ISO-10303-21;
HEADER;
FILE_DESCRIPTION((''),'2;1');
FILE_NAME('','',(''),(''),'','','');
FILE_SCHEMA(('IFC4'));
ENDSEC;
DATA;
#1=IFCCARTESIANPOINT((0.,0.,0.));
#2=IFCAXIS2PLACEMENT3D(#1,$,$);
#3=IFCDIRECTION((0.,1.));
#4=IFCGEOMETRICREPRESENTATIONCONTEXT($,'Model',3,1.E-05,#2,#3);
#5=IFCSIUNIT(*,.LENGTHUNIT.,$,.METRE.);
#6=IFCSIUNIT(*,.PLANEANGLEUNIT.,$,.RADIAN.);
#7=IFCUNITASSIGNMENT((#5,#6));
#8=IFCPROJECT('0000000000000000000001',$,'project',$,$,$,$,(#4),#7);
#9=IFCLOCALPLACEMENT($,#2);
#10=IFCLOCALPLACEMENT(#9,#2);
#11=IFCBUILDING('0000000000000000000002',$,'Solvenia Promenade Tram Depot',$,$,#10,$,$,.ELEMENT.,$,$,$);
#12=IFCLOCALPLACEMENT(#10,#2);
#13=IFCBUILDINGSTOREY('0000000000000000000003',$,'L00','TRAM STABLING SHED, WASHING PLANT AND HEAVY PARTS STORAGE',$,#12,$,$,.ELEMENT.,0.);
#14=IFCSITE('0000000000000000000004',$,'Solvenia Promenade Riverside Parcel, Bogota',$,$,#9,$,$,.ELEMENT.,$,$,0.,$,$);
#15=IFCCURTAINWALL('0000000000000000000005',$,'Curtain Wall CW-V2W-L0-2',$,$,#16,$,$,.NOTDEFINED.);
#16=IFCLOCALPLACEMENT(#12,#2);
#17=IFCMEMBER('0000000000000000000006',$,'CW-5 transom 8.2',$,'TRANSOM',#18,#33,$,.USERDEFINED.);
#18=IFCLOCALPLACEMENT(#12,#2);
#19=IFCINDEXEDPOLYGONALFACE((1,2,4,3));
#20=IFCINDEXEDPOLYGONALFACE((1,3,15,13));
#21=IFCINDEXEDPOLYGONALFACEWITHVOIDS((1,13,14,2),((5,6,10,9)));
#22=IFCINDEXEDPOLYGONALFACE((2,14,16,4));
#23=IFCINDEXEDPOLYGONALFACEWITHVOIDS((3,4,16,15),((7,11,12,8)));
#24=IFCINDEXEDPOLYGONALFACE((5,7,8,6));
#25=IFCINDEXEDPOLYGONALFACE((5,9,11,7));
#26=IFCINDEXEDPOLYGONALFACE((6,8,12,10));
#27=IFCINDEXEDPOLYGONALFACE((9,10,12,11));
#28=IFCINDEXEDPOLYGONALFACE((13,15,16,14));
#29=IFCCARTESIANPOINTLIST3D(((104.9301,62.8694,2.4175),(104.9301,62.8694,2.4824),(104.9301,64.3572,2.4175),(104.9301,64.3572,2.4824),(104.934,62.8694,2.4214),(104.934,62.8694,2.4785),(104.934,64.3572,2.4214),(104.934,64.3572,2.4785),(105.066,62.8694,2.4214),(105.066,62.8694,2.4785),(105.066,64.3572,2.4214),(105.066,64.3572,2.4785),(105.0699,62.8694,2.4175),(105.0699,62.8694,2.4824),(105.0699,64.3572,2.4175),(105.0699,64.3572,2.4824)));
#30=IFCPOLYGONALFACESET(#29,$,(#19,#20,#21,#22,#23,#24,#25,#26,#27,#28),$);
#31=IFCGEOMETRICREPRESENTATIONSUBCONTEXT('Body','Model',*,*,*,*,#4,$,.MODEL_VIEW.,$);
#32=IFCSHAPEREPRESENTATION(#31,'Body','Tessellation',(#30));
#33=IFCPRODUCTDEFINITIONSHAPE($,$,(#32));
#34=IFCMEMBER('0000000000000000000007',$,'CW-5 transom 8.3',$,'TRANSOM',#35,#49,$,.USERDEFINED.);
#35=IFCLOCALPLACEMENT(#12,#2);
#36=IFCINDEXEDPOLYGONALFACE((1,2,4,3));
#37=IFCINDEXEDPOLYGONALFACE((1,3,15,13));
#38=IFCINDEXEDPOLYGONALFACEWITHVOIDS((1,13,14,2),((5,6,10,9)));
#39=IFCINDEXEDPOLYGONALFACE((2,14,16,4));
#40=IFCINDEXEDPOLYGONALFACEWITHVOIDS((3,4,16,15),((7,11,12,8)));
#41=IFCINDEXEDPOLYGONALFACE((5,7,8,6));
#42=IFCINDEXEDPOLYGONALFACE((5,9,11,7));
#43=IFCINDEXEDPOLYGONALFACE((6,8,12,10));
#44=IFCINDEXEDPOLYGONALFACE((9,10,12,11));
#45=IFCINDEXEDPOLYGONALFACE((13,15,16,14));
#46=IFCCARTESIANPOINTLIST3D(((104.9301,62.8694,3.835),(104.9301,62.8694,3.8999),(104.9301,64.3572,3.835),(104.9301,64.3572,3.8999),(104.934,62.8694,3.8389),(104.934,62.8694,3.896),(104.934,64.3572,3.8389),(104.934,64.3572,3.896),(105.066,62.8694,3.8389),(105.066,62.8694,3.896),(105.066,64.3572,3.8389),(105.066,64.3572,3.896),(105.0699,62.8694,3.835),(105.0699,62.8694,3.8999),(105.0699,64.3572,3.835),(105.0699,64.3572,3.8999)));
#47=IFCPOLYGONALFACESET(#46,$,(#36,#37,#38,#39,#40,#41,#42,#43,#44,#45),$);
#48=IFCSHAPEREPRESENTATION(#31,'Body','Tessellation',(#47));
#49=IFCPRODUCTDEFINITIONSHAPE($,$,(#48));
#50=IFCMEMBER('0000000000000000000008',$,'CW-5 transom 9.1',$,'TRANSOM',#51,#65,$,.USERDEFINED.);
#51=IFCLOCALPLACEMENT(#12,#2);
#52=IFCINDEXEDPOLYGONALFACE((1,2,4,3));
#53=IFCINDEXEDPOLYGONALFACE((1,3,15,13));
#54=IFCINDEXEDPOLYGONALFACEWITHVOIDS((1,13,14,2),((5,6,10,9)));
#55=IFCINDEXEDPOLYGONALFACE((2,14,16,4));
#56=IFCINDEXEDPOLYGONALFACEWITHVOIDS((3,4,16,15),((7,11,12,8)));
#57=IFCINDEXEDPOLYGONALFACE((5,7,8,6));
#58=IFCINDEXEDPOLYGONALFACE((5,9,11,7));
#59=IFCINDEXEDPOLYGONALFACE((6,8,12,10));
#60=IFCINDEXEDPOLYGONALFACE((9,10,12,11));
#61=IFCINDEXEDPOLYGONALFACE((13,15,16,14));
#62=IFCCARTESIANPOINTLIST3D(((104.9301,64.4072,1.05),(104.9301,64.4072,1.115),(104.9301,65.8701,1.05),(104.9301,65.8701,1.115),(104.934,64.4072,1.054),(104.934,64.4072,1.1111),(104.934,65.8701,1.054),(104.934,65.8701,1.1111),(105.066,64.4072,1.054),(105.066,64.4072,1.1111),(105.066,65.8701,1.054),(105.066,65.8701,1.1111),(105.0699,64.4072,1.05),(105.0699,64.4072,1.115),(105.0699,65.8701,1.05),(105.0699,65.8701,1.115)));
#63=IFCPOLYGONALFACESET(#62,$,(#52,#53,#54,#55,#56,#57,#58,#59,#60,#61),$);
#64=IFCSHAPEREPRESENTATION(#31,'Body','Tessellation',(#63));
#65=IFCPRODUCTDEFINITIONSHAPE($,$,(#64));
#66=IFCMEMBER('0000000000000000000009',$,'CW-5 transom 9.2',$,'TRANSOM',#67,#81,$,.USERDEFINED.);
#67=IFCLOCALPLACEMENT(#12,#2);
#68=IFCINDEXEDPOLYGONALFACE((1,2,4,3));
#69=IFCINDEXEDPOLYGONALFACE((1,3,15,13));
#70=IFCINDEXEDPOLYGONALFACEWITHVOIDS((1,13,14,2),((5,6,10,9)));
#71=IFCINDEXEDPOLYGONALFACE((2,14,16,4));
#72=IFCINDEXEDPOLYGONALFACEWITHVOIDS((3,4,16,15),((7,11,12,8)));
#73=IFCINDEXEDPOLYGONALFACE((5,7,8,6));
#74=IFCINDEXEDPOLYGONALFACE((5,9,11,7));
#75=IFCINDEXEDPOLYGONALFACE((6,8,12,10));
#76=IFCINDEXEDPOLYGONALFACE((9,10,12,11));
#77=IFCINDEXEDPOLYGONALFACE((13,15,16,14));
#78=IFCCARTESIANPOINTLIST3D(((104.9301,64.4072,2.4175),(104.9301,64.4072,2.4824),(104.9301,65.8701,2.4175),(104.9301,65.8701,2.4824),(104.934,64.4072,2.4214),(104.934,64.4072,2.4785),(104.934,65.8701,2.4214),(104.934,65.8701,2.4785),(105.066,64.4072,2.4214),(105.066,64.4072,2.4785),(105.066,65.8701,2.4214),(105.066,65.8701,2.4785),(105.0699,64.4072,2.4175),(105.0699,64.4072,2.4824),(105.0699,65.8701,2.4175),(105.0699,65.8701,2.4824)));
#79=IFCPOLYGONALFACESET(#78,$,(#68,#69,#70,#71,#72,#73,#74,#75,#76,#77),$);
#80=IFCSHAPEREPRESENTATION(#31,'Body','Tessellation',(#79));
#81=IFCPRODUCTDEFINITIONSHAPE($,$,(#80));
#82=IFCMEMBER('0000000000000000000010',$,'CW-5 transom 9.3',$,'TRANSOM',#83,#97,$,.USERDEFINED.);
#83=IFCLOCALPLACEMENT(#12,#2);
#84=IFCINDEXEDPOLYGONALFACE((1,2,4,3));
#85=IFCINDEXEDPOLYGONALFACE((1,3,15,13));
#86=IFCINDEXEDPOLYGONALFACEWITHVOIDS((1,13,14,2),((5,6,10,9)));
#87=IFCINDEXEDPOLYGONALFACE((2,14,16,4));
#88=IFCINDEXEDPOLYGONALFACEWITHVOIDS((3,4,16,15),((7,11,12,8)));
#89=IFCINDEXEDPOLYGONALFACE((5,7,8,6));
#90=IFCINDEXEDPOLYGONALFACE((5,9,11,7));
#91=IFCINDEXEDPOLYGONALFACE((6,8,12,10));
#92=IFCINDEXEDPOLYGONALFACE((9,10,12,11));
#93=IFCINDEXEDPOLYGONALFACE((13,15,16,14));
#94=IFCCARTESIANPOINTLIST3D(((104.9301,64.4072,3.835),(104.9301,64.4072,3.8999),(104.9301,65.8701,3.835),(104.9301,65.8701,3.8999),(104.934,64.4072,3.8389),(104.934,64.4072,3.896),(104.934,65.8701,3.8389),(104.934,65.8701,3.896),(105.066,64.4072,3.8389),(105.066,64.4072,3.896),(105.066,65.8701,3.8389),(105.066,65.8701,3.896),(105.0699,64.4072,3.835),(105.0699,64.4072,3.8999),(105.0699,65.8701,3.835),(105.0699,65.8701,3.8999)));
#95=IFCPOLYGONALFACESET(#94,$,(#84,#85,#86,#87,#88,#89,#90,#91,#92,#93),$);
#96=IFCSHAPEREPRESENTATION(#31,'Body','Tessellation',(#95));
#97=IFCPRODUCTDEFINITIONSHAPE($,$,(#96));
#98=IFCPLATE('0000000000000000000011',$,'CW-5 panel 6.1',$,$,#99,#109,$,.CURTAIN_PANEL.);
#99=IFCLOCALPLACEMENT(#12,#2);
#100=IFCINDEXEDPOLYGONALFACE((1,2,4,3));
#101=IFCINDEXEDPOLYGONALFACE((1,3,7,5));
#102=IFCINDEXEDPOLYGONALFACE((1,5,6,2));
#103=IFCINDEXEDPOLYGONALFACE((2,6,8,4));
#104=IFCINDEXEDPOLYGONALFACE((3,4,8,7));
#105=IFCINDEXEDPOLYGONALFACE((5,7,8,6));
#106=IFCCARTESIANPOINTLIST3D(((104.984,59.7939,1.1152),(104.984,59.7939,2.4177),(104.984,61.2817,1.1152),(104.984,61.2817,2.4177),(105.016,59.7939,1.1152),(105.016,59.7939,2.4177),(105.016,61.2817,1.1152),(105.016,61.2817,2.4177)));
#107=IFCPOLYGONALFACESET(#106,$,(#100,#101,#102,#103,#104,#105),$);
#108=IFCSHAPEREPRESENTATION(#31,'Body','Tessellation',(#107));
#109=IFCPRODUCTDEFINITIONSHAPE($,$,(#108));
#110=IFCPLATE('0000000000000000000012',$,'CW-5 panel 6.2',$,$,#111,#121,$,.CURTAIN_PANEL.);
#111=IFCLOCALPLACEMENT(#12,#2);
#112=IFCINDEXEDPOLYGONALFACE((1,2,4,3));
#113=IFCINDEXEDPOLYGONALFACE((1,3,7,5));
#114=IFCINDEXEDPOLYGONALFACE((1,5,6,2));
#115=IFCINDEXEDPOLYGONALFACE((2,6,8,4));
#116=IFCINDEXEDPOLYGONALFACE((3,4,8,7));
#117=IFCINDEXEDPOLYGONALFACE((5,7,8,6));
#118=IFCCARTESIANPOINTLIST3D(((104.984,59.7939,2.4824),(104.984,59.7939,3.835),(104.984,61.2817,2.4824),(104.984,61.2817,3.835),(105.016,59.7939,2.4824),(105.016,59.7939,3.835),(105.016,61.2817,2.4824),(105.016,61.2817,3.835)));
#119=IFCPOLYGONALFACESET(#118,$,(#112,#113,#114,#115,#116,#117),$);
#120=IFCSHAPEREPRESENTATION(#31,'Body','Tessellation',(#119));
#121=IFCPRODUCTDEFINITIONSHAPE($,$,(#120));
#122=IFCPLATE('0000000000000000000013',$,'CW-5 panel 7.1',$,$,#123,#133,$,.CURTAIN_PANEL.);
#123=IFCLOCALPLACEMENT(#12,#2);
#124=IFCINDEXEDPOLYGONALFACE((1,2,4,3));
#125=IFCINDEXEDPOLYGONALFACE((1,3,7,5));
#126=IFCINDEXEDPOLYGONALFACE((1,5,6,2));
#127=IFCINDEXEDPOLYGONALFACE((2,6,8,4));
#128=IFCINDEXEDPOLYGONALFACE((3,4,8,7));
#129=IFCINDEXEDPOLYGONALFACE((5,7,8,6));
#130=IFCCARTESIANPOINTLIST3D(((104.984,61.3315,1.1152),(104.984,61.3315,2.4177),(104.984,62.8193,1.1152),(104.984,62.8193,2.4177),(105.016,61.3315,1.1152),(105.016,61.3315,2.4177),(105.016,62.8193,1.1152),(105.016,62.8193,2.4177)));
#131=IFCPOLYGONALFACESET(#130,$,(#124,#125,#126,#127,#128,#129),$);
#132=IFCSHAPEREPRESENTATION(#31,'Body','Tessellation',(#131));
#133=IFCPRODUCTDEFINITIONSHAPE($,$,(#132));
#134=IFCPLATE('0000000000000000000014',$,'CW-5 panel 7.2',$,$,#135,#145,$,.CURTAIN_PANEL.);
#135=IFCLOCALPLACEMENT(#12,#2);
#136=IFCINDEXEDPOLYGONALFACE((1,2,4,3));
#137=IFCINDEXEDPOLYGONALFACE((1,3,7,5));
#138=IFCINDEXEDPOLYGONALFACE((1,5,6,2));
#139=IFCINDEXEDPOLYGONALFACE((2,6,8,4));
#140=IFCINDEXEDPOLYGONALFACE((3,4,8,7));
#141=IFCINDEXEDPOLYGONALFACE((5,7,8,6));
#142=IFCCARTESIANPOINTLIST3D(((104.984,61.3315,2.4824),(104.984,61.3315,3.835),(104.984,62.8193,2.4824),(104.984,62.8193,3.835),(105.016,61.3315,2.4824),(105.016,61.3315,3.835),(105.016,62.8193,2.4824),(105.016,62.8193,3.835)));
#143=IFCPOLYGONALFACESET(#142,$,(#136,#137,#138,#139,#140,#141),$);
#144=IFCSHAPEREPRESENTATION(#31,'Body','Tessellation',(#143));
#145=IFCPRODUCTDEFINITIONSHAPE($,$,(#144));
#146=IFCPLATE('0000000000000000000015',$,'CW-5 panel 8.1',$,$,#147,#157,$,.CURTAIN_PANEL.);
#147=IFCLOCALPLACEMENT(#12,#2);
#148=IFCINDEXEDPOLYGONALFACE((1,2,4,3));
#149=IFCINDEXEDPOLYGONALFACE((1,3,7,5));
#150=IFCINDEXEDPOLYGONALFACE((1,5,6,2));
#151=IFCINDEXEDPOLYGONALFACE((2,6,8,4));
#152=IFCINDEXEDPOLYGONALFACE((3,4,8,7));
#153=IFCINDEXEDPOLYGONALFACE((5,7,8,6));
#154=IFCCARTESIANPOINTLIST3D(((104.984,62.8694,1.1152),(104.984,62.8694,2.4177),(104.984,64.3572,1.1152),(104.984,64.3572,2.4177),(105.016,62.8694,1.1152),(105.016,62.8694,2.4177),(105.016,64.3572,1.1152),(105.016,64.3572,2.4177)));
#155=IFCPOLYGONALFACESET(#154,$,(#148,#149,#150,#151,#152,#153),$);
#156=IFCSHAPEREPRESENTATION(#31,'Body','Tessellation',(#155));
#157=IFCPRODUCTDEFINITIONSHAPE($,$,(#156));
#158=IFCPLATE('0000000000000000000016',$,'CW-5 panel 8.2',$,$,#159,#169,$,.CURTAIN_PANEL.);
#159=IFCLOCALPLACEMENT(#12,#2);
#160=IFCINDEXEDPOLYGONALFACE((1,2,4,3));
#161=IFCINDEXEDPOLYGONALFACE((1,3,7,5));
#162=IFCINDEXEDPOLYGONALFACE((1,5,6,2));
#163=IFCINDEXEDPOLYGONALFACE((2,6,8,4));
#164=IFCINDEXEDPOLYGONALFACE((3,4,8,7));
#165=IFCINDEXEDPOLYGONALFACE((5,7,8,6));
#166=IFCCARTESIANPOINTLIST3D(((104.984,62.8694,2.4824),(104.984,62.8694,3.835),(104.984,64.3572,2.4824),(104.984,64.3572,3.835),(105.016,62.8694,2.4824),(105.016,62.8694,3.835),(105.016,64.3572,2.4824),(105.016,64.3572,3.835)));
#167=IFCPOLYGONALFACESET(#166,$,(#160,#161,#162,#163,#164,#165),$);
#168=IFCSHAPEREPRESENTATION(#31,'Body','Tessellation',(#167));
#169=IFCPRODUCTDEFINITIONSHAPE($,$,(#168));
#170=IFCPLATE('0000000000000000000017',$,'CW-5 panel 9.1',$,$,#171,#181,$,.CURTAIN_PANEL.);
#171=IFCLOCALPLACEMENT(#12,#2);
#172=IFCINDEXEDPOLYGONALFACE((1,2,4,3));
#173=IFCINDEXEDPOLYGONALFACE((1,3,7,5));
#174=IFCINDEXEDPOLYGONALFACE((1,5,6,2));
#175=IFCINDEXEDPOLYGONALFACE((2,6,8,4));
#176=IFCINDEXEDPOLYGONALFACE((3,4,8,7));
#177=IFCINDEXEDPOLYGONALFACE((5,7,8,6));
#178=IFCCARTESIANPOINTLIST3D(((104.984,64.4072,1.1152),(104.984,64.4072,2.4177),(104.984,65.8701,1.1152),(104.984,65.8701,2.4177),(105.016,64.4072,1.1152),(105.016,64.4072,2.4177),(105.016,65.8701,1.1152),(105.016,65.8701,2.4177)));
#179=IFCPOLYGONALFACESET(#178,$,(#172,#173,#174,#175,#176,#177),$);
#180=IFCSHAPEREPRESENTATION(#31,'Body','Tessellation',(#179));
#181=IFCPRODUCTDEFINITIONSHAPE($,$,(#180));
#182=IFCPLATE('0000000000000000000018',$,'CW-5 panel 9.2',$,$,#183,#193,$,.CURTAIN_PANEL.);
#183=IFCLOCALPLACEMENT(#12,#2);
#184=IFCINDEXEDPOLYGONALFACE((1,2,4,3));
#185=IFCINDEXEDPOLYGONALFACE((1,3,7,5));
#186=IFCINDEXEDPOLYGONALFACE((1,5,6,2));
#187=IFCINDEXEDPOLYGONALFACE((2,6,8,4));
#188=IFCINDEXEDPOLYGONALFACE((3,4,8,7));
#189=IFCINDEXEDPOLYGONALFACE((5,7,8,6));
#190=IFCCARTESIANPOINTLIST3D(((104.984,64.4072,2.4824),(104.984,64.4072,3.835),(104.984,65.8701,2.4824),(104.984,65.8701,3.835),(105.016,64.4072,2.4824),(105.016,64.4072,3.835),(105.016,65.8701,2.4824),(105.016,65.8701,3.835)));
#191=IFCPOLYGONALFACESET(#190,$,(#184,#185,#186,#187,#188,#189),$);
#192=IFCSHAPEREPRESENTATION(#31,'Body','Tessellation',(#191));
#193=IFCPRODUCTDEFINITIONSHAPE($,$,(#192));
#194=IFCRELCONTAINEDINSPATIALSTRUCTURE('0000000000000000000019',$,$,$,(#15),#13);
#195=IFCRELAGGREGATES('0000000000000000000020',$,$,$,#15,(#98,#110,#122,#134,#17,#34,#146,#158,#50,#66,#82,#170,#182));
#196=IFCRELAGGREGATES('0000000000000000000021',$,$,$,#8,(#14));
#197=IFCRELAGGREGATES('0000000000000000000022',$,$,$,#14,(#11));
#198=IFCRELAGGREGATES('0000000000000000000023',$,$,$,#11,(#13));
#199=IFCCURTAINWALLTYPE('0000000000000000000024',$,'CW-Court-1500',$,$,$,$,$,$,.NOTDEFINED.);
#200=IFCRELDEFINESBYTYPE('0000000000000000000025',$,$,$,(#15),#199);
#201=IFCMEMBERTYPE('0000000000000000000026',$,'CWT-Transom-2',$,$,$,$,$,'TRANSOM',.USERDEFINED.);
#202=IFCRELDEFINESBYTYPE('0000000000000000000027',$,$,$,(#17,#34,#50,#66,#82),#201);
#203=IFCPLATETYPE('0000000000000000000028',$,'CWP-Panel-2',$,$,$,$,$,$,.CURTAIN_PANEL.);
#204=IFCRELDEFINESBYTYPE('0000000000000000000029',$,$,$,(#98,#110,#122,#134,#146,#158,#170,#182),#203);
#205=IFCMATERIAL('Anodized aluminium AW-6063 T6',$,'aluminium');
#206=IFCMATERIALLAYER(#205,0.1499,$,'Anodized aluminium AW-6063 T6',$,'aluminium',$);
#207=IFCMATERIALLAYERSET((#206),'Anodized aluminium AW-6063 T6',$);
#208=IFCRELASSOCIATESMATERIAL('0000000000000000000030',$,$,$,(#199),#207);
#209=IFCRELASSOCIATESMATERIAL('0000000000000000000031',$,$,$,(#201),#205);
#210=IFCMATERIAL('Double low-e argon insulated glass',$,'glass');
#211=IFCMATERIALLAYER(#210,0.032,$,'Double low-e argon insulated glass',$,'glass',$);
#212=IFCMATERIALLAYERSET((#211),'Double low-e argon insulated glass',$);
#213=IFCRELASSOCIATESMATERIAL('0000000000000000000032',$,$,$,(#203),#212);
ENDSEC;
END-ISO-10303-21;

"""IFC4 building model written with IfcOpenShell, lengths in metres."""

from ifc_helpers import new_model, si_unit, direction, frame, origin, origin_2d, place, context, subcontext, project, spatial, rectangle, hollow_rectangle, extrude, material, layer, layer_set, material_profile, profile_set, type_object, element, aggregate, save


model = new_model("IFC4")

# Units and contexts
model_context = context("Model", 3, precision=1e-05, world=origin(), true_north=direction((0.0, 1.0)))
body_context = subcontext(model_context, "Body", "Model", "MODEL_VIEW")
ifc_project = project(units=[si_unit("LENGTHUNIT", "METRE"), si_unit("PLANEANGLEUNIT", "RADIAN")], contexts=[model_context])

# Site, building, storey
site_placement = place(None, origin())
site = spatial("IfcSite", under=ifc_project, at=site_placement, Name="Solvenia Promenade Riverside Parcel, Bogota", CompositionType="ELEMENT", RefElevation=0.0)
building_placement = place(site_placement, origin())
building = spatial("IfcBuilding", under=site, at=building_placement, Name="Solvenia Promenade Tram Depot", CompositionType="ELEMENT")
storey_placement = place(building_placement, origin())
storey = spatial("IfcBuildingStorey", under=building, at=storey_placement, Name="L00", Description="TRAM STABLING SHED, WASHING PLANT AND HEAVY PARTS STORAGE", CompositionType="ELEMENT", Elevation=0.0)

# Curtain wall, members, plates
ifc_material_1 = material(Name="Anodized aluminium AW-6063 T6", Category="aluminium")
ifc_layer_1 = layer(ifc_material_1, 0.1499, Name="Anodized aluminium AW-6063 T6", Category="aluminium")
ifc_layer_set_1 = layer_set([ifc_layer_1], Name="Anodized aluminium AW-6063 T6")
curtain_wall_type = type_object("IfcCurtainWallType", Name="CW-Court-1500", PredefinedType="NOTDEFINED", material=ifc_layer_set_1)
curtain_wall_placement = place(storey_placement, origin())
curtain_wall = element("IfcCurtainWall", 1, at=curtain_wall_placement, inside=storey, type_object=curtain_wall_type, Name="Curtain Wall CW-V2W-L0-2", PredefinedType="NOTDEFINED")
ifc_material_profile_1 = material_profile(ifc_material_1, hollow_rectangle(XDim=0.1399, YDim=0.0649, WallThickness=0.0039, at=origin_2d()), Name="ALU-T2", Category="aluminium")
ifc_profile_set_1 = profile_set([ifc_material_profile_1], Name="Anodized aluminium AW-6063 T6")
member_type_1 = type_object("IfcMemberType", Name="CWT-Transom-2", ElementType="TRANSOM", PredefinedType="USERDEFINED", material=ifc_profile_set_1)
member_1_placement = place(storey_placement, frame((105.0, 62.8694, 2.45), z_axis=(0.0, 1.0, 0.0), x_axis=(-1.0, 0.0, 0.0)))
member_1 = element("IfcMember", 2, at=member_1_placement, type_object=member_type_1, Name="CW-5 transom 8.2", ObjectType="TRANSOM", PredefinedType="USERDEFINED", context=body_context, shape_type="SweptSolid", body=[
    extrude(hollow_rectangle(XDim=0.1399, YDim=0.0649, WallThickness=0.0039, at=origin_2d()), origin(), (0.0, 0.0, 1.0), 1.4878),
])
member_2_placement = place(storey_placement, frame((105.0, 62.8694, 3.8674), z_axis=(0.0, 1.0, 0.0), x_axis=(-1.0, 0.0, 0.0)))
member_2 = element("IfcMember", 3, at=member_2_placement, type_object=member_type_1, Name="CW-5 transom 8.3", ObjectType="TRANSOM", PredefinedType="USERDEFINED", context=body_context, shape_type="SweptSolid", body=[
    extrude(hollow_rectangle(XDim=0.1399, YDim=0.0649, WallThickness=0.0039, at=origin_2d()), origin(), (0.0, 0.0, 1.0), 1.4878),
])
member_3_placement = place(storey_placement, frame((105.0, 64.4072, 1.0825), z_axis=(0.0, 1.0, 0.0), x_axis=(-1.0, 0.0, 0.0)))
member_3 = element("IfcMember", 4, at=member_3_placement, type_object=member_type_1, Name="CW-5 transom 9.1", ObjectType="TRANSOM", PredefinedType="USERDEFINED", context=body_context, shape_type="SweptSolid", body=[
    extrude(hollow_rectangle(XDim=0.1399, YDim=0.0649, WallThickness=0.0039, at=origin_2d()), origin(), (0.0, 0.0, 1.0), 1.4629),
])
member_4_placement = place(storey_placement, frame((105.0, 64.4072, 2.45), z_axis=(0.0, 1.0, 0.0), x_axis=(-1.0, 0.0, 0.0)))
member_4 = element("IfcMember", 5, at=member_4_placement, type_object=member_type_1, Name="CW-5 transom 9.2", ObjectType="TRANSOM", PredefinedType="USERDEFINED", context=body_context, shape_type="SweptSolid", body=[
    extrude(hollow_rectangle(XDim=0.1399, YDim=0.0649, WallThickness=0.0039, at=origin_2d()), origin(), (0.0, 0.0, 1.0), 1.4629),
])
member_5_placement = place(storey_placement, frame((105.0, 64.4072, 3.8674), z_axis=(0.0, 1.0, 0.0), x_axis=(-1.0, 0.0, 0.0)))
member_5 = element("IfcMember", 6, at=member_5_placement, type_object=member_type_1, Name="CW-5 transom 9.3", ObjectType="TRANSOM", PredefinedType="USERDEFINED", context=body_context, shape_type="SweptSolid", body=[
    extrude(hollow_rectangle(XDim=0.1399, YDim=0.0649, WallThickness=0.0039, at=origin_2d()), origin(), (0.0, 0.0, 1.0), 1.4629),
])
ifc_material_2 = material(Name="Double low-e argon insulated glass", Category="glass")
ifc_layer_2 = layer(ifc_material_2, 0.032, Name="Double low-e argon insulated glass", Category="glass")
ifc_layer_set_2 = layer_set([ifc_layer_2], Name="Double low-e argon insulated glass")
plate_type = type_object("IfcPlateType", Name="CWP-Panel-2", PredefinedType="CURTAIN_PANEL", material=ifc_layer_set_2)
plate_1_placement = place(storey_placement, frame((105.0, 60.5378, 1.1152), z_axis=(0.0, 0.0, 1.0), x_axis=(0.0, 1.0, 0.0)))
plate_1 = element("IfcPlate", 7, at=plate_1_placement, type_object=plate_type, Name="CW-5 panel 6.1", PredefinedType="CURTAIN_PANEL", context=body_context, shape_type="SweptSolid", body=[
    extrude(rectangle(XDim=1.4878, YDim=0.032, at=origin_2d()), origin(), (0.0, 0.0, 1.0), 1.3025),
])
plate_2_placement = place(storey_placement, frame((105.0, 60.5378, 2.4824), z_axis=(0.0, 0.0, 1.0), x_axis=(0.0, 1.0, 0.0)))
plate_2 = element("IfcPlate", 8, at=plate_2_placement, type_object=plate_type, Name="CW-5 panel 6.2", PredefinedType="CURTAIN_PANEL", context=body_context, shape_type="SweptSolid", body=[
    extrude(rectangle(XDim=1.4878, YDim=0.032, at=origin_2d()), origin(), (0.0, 0.0, 1.0), 1.3525),
])
plate_3_placement = place(storey_placement, frame((105.0, 62.0754, 1.1152), z_axis=(0.0, 0.0, 1.0), x_axis=(0.0, 1.0, 0.0)))
plate_3 = element("IfcPlate", 9, at=plate_3_placement, type_object=plate_type, Name="CW-5 panel 7.1", PredefinedType="CURTAIN_PANEL", context=body_context, shape_type="SweptSolid", body=[
    extrude(rectangle(XDim=1.4878, YDim=0.032, at=origin_2d()), origin(), (0.0, 0.0, 1.0), 1.3025),
])
plate_4_placement = place(storey_placement, frame((105.0, 62.0754, 2.4824), z_axis=(0.0, 0.0, 1.0), x_axis=(0.0, 1.0, 0.0)))
plate_4 = element("IfcPlate", 10, at=plate_4_placement, type_object=plate_type, Name="CW-5 panel 7.2", PredefinedType="CURTAIN_PANEL", context=body_context, shape_type="SweptSolid", body=[
    extrude(rectangle(XDim=1.4878, YDim=0.032, at=origin_2d()), origin(), (0.0, 0.0, 1.0), 1.3525),
])
plate_5_placement = place(storey_placement, frame((105.0, 63.6133, 1.1152), z_axis=(0.0, 0.0, 1.0), x_axis=(0.0, 1.0, 0.0)))
plate_5 = element("IfcPlate", 11, at=plate_5_placement, type_object=plate_type, Name="CW-5 panel 8.1", PredefinedType="CURTAIN_PANEL", context=body_context, shape_type="SweptSolid", body=[
    extrude(rectangle(XDim=1.4878, YDim=0.032, at=origin_2d()), origin(), (0.0, 0.0, 1.0), 1.3025),
])
plate_6_placement = place(storey_placement, frame((105.0, 63.6133, 2.4824), z_axis=(0.0, 0.0, 1.0), x_axis=(0.0, 1.0, 0.0)))
plate_6 = element("IfcPlate", 12, at=plate_6_placement, type_object=plate_type, Name="CW-5 panel 8.2", PredefinedType="CURTAIN_PANEL", context=body_context, shape_type="SweptSolid", body=[
    extrude(rectangle(XDim=1.4878, YDim=0.032, at=origin_2d()), origin(), (0.0, 0.0, 1.0), 1.3525),
])
plate_7_placement = place(storey_placement, frame((105.0, 65.1387, 1.1152), z_axis=(0.0, 0.0, 1.0), x_axis=(0.0, 1.0, 0.0)))
plate_7 = element("IfcPlate", 13, at=plate_7_placement, type_object=plate_type, Name="CW-5 panel 9.1", PredefinedType="CURTAIN_PANEL", context=body_context, shape_type="SweptSolid", body=[
    extrude(rectangle(XDim=1.4629, YDim=0.032, at=origin_2d()), origin(), (0.0, 0.0, 1.0), 1.3025),
])
plate_8_placement = place(storey_placement, frame((105.0, 65.1387, 2.4824), z_axis=(0.0, 0.0, 1.0), x_axis=(0.0, 1.0, 0.0)))
plate_8 = element("IfcPlate", 14, at=plate_8_placement, type_object=plate_type, Name="CW-5 panel 9.2", PredefinedType="CURTAIN_PANEL", context=body_context, shape_type="SweptSolid", body=[
    extrude(rectangle(XDim=1.4629, YDim=0.032, at=origin_2d()), origin(), (0.0, 0.0, 1.0), 1.3525),
])
aggregate(curtain_wall, [plate_1, plate_2, plate_3, plate_4, member_1, member_2, plate_5, plate_6, member_3, member_4, member_5, plate_7, plate_8])

save(model, "model.ifc")
